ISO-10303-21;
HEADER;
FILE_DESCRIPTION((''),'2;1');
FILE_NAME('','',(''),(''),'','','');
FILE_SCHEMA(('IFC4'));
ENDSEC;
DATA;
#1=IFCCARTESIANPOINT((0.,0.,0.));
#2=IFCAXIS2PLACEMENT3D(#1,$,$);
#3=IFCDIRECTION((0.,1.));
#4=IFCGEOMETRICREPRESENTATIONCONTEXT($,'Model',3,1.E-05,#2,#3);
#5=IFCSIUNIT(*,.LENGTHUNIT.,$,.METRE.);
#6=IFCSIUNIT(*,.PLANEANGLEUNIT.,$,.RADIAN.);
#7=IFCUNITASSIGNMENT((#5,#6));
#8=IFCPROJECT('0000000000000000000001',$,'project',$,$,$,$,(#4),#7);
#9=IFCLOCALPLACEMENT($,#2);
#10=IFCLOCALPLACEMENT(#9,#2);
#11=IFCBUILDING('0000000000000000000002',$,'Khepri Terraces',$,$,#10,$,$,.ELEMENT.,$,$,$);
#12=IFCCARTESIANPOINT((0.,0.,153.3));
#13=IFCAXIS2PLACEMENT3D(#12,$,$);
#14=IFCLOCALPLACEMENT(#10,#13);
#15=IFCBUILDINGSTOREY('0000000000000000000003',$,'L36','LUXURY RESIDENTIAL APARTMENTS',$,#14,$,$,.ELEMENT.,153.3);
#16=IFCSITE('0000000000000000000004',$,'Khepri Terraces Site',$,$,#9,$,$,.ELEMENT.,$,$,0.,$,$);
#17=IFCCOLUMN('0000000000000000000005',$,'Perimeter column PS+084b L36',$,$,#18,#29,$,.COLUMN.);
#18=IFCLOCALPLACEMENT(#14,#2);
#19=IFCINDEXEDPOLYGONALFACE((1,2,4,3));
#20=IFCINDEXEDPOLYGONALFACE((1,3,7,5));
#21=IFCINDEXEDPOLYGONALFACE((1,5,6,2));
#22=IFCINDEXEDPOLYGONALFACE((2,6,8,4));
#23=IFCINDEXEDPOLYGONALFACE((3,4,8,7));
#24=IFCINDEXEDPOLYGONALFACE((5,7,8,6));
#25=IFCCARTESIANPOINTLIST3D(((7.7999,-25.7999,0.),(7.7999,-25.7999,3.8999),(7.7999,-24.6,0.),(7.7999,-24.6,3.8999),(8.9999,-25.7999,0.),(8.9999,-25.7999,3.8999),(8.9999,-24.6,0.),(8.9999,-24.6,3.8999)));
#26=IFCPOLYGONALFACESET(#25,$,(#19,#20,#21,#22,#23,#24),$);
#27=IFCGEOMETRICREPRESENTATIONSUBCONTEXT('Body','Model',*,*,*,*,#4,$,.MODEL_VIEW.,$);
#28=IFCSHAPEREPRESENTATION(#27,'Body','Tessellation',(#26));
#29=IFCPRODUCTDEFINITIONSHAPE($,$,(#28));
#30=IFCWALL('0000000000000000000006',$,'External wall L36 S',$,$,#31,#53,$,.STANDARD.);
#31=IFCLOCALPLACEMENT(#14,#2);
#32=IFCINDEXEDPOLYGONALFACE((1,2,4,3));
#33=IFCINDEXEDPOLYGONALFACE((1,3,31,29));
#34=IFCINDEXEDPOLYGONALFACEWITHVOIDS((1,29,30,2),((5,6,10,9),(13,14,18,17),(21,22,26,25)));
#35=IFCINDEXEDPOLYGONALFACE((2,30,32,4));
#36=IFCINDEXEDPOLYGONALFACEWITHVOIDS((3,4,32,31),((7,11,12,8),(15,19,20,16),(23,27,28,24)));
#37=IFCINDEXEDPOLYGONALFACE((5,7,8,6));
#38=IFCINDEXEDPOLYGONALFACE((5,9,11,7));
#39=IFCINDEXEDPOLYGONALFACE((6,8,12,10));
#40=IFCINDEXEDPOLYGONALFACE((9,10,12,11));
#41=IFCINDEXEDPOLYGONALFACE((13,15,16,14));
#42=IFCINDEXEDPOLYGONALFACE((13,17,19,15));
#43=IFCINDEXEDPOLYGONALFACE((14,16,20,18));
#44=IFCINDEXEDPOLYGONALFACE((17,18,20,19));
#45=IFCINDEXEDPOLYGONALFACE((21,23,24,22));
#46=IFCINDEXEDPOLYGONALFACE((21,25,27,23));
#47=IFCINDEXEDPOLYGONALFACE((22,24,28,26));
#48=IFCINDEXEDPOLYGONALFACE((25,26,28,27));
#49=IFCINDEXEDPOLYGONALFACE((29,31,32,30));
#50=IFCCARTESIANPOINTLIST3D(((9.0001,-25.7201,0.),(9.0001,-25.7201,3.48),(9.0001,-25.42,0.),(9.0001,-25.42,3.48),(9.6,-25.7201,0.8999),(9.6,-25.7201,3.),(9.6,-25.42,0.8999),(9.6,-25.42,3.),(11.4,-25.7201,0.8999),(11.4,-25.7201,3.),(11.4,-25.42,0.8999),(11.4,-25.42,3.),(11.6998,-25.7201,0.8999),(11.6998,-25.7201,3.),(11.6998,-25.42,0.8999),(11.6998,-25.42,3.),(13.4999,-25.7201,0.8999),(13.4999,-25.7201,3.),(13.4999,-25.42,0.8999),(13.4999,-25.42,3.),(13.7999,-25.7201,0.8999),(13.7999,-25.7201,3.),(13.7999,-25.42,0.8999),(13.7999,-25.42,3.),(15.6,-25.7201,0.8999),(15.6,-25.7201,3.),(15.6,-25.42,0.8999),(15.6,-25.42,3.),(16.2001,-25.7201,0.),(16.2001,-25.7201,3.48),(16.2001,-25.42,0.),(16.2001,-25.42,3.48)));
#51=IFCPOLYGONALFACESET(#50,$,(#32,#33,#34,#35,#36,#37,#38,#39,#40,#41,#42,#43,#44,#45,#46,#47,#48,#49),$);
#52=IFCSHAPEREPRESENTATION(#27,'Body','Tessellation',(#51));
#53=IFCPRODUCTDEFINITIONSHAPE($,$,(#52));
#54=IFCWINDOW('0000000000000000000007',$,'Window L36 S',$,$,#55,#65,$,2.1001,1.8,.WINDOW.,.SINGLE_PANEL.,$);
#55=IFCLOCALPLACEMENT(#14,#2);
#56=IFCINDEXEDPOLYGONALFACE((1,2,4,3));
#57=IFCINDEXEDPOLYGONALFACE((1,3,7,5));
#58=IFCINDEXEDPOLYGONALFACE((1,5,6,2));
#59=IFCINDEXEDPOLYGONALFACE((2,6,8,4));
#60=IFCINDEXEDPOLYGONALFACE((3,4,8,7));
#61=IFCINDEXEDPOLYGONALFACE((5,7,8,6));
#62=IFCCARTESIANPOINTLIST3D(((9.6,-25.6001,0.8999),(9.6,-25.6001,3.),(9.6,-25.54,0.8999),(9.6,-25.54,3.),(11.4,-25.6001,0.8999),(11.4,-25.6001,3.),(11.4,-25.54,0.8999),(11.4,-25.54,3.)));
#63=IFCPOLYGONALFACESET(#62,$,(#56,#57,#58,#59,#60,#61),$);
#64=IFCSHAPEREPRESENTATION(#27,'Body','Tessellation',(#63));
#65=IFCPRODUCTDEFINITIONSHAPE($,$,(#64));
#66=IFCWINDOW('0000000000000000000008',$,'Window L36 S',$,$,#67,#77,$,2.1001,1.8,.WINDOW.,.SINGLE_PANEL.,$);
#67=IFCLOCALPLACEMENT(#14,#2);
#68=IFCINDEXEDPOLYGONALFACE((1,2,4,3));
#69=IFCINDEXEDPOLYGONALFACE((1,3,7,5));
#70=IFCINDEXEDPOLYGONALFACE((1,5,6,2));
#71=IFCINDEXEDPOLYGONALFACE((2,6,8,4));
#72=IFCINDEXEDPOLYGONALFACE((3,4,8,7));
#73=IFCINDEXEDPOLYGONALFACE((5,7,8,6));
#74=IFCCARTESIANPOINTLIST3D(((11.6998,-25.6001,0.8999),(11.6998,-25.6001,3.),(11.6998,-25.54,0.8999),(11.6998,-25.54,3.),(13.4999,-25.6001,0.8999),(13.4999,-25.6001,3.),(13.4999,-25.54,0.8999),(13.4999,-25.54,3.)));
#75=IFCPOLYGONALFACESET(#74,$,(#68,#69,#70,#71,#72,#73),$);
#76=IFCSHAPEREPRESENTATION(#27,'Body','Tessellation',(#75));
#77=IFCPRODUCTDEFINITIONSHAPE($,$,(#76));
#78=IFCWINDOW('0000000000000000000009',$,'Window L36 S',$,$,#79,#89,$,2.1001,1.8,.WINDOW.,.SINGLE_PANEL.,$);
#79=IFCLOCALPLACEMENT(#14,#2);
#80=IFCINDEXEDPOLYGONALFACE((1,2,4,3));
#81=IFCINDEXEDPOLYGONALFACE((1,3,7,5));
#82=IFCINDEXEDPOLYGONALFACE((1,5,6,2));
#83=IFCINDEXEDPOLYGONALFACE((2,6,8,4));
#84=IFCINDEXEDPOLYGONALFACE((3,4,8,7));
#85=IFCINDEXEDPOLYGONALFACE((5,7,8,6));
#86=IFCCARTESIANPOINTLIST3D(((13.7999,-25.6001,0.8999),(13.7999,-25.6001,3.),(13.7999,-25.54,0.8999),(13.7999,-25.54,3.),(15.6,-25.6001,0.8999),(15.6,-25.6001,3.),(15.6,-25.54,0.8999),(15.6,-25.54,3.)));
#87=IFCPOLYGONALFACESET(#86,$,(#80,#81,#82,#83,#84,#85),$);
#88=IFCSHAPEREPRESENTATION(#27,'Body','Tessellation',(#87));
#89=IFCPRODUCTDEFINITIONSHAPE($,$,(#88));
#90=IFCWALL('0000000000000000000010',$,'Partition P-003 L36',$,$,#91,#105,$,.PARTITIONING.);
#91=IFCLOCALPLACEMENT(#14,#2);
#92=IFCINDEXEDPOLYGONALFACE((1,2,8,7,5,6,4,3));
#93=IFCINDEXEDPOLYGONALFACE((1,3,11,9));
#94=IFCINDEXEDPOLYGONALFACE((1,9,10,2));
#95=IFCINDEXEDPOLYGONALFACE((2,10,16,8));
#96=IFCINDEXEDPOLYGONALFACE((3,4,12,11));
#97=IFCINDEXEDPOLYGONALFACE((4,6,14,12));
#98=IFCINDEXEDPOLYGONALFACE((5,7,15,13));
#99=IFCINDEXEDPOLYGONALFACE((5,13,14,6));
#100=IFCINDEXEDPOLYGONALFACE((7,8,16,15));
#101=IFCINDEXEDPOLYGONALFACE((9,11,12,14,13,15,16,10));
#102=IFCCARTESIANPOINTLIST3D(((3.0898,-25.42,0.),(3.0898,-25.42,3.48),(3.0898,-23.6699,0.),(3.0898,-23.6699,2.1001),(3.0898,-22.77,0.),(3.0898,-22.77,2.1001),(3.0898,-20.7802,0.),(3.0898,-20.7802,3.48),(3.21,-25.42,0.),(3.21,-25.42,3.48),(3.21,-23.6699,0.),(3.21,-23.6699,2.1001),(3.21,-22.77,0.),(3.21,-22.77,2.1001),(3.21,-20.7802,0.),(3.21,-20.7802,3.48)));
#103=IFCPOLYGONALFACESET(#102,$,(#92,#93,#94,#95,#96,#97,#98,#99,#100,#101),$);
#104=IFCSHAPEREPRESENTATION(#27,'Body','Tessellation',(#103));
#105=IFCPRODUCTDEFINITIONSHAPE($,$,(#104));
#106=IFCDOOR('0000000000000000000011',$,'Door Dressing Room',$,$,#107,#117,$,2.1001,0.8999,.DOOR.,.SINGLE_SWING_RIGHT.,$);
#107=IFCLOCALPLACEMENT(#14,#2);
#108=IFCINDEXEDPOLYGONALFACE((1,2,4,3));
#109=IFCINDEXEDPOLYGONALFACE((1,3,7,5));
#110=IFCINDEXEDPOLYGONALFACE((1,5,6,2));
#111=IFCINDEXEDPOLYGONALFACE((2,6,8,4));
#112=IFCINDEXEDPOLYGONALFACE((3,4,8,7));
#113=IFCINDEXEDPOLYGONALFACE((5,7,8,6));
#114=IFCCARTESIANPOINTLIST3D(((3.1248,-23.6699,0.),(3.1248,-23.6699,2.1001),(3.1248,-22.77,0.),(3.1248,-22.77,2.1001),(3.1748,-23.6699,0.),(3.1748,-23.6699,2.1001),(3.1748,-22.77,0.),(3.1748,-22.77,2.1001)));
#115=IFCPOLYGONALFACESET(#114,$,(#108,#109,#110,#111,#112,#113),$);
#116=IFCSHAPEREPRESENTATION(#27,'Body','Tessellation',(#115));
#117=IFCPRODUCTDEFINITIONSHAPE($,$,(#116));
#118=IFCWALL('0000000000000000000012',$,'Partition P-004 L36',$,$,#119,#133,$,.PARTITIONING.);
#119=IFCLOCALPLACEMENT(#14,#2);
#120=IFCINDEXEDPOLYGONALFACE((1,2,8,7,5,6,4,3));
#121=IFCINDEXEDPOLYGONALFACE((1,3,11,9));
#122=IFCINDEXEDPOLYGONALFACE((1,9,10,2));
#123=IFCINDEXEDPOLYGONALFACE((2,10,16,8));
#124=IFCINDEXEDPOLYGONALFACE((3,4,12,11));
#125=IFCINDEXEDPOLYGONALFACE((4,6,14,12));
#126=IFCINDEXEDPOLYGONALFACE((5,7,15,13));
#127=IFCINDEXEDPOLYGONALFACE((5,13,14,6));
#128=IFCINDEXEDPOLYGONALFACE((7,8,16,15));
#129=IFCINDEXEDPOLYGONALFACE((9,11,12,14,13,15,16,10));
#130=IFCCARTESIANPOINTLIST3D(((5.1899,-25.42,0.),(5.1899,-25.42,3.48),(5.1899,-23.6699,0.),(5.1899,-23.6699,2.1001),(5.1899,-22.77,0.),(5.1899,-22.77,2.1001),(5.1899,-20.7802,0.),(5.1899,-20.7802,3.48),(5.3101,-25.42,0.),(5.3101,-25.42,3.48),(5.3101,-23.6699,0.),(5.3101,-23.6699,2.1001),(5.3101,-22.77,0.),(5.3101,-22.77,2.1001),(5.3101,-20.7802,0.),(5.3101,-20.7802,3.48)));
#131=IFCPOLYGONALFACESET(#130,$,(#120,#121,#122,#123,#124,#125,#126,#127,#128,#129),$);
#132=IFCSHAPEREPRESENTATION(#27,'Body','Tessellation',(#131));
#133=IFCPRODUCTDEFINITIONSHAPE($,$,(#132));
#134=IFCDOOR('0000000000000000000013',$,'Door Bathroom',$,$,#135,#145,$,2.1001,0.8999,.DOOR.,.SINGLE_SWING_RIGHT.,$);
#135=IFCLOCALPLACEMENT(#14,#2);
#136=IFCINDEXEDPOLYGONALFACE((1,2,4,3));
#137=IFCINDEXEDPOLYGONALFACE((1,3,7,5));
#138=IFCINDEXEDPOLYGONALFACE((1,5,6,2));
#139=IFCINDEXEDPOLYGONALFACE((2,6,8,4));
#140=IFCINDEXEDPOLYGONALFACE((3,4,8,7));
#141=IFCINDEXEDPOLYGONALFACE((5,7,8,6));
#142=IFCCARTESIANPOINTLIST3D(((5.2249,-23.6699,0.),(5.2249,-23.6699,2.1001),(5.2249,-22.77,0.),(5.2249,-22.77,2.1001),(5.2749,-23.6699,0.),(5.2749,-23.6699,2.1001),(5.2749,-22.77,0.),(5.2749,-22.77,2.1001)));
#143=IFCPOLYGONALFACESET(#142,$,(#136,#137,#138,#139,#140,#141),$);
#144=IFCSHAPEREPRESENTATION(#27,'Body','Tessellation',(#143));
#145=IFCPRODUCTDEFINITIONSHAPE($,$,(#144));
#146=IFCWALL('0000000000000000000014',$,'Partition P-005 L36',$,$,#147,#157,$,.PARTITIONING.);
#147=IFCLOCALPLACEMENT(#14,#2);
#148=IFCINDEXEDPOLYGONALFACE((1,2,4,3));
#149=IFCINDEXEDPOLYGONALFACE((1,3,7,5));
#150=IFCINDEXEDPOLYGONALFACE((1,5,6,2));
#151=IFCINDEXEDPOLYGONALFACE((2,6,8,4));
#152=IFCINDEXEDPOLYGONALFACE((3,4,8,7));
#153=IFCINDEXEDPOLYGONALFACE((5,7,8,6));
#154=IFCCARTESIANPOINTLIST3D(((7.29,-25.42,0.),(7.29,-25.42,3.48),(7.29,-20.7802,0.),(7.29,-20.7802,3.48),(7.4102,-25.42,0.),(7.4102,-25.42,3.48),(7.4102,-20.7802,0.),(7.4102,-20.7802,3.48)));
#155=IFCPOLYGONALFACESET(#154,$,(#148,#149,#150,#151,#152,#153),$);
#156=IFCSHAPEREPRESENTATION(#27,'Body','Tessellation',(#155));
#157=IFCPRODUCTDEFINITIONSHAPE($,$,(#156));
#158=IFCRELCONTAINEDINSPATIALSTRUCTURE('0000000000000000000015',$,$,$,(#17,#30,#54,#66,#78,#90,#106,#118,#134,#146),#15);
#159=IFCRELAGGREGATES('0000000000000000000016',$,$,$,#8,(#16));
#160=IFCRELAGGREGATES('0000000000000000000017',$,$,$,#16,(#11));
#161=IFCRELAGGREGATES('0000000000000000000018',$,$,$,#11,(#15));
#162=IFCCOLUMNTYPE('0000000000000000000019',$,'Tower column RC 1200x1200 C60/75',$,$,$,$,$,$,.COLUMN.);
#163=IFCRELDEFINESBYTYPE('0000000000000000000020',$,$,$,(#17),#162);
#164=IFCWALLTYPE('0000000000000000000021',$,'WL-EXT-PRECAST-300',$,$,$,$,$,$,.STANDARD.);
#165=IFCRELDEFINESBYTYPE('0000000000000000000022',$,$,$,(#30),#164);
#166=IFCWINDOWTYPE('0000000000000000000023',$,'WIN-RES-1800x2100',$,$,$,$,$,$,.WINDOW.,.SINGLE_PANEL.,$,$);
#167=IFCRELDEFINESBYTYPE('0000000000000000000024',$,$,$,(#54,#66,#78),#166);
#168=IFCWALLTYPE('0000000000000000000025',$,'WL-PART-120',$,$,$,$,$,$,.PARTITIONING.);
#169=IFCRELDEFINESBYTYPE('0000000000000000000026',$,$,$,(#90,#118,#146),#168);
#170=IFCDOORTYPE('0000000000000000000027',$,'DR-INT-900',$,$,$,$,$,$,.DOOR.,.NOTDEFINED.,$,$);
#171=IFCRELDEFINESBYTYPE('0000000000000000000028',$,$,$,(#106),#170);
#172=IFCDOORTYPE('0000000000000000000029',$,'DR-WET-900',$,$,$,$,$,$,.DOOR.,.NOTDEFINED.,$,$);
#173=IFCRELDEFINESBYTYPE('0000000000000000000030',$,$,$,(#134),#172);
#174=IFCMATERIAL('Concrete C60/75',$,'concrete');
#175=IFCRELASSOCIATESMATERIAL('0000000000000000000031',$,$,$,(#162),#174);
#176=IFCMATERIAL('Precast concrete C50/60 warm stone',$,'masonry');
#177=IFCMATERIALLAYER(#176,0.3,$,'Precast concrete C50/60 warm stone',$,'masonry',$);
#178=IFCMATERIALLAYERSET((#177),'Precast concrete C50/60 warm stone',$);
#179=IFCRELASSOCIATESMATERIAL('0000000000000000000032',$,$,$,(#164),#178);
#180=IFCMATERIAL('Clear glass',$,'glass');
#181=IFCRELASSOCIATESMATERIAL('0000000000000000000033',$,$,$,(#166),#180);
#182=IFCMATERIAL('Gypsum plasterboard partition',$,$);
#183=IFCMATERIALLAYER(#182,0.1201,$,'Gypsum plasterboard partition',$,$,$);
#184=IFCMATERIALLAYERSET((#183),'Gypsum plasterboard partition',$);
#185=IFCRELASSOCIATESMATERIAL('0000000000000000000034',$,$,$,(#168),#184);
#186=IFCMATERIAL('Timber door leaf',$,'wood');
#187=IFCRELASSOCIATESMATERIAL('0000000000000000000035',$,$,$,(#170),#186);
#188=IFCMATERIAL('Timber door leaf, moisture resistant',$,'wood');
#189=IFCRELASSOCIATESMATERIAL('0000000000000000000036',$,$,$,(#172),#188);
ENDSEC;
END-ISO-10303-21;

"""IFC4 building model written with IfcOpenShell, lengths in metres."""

from ifc_helpers import new_model, si_unit, direction, frame, frame_2d, origin, origin_2d, place, context, subcontext, project, spatial, rectangle, extrude, material, layer, layer_set, material_profile, profile_set, type_object, element, fill, save


model = new_model("IFC4")

# Units and contexts
model_context = context("Model", 3, precision=1e-05, world=origin(), true_north=direction((0.0, 1.0)))
body_context = subcontext(model_context, "Body", "Model", "MODEL_VIEW")
ifc_project = project(units=[si_unit("LENGTHUNIT", "METRE"), si_unit("PLANEANGLEUNIT", "RADIAN")], contexts=[model_context])

# Site, building, storey
site_placement = place(None, origin())
site = spatial("IfcSite", under=ifc_project, at=site_placement, Name="Khepri Terraces Site", CompositionType="ELEMENT", RefElevation=0.0)
building_placement = place(site_placement, origin())
building = spatial("IfcBuilding", under=site, at=building_placement, Name="Khepri Terraces", CompositionType="ELEMENT")
storey_placement = place(building_placement, frame((0.0, 0.0, 153.3)))
storey = spatial("IfcBuildingStorey", under=building, at=storey_placement, Name="L36", Description="LUXURY RESIDENTIAL APARTMENTS", CompositionType="ELEMENT", Elevation=153.3)

# Column
ifc_material_1 = material(Name="Concrete C60/75", Category="concrete")
ifc_material_profile = material_profile(ifc_material_1, rectangle(XDim=1.2, YDim=1.2, at=origin_2d()), Name="Concrete C60/75", Category="concrete")
ifc_profile_set = profile_set([ifc_material_profile], Name="Concrete C60/75")
column_type = type_object("IfcColumnType", Name="Tower column RC 1200x1200 C60/75", PredefinedType="COLUMN", material=ifc_profile_set)
column_placement = place(storey_placement, frame((8.3999, -25.2, 0.0), z_axis=(0.0, 0.0, 1.0), x_axis=(1.0, 0.0, 0.0)))
element("IfcColumn", 1, at=column_placement, inside=storey, type_object=column_type, Name="Perimeter column PS+084b L36", PredefinedType="COLUMN", context=body_context, shape_type="SweptSolid", body=[
    extrude(rectangle(XDim=1.2, YDim=1.2, at=origin_2d()), origin(), (0.0, 0.0, 1.0), 3.8999),
])

# Shared definitions
ifc_material_2 = material(Name="Precast concrete C50/60 warm stone", Category="masonry")
ifc_layer_1 = layer(ifc_material_2, 0.3, Name="Precast concrete C50/60 warm stone", Category="masonry")
ifc_layer_set_1 = layer_set([ifc_layer_1], Name="Precast concrete C50/60 warm stone")
wall_type_1 = type_object("IfcWallType", Name="WL-EXT-PRECAST-300", PredefinedType="STANDARD", material=ifc_layer_set_1)
ifc_material_3 = material(Name="Clear glass", Category="glass")
window_type = type_object("IfcWindowType", Name="WIN-RES-1800x2100", PartitioningType="SINGLE_PANEL", PredefinedType="WINDOW", material=ifc_material_3)

# Wall, openings, windows
wall_1_placement = place(storey_placement, frame((9.0, -25.5701, 0.0), z_axis=(0.0, 0.0, 1.0), x_axis=(1.0, 0.0, 0.0)))
wall_1 = element("IfcWall", 2, at=wall_1_placement, inside=storey, type_object=wall_type_1, Name="External wall L36 S", PredefinedType="STANDARD", context=body_context, shape_type="SweptSolid", body=[
    extrude(rectangle(XDim=7.2, YDim=0.3, at=frame_2d((3.6001, 0.0))), origin(), (0.0, 0.0, 1.0), 3.48),
])
opening_1_placement = place(wall_1_placement, frame((0.6001, 0.0, 0.8999)))
opening_1 = element("IfcOpeningElement", 3, at=opening_1_placement, cuts=wall_1, PredefinedType="OPENING", context=body_context, shape_type="SweptSolid", body=[
    extrude(rectangle(XDim=1.8, YDim=2.1001, at=frame_2d((0.8999, 1.05))), frame((0.0, 0.1602, 0.0), z_axis=(0.0, -1.0, 0.0), x_axis=(1.0, 0.0, 0.0)), (0.0, 0.0, 1.0), 0.3201),
])
opening_2_placement = place(wall_1_placement, frame((2.7, 0.0, 0.8999)))
opening_2 = element("IfcOpeningElement", 4, at=opening_2_placement, cuts=wall_1, PredefinedType="OPENING", context=body_context, shape_type="SweptSolid", body=[
    extrude(rectangle(XDim=1.8, YDim=2.1001, at=frame_2d((0.8999, 1.05))), frame((0.0, 0.1602, 0.0), z_axis=(0.0, -1.0, 0.0), x_axis=(1.0, 0.0, 0.0)), (0.0, 0.0, 1.0), 0.3201),
])
opening_3_placement = place(wall_1_placement, frame((4.8, 0.0, 0.8999)))
opening_3 = element("IfcOpeningElement", 5, at=opening_3_placement, cuts=wall_1, PredefinedType="OPENING", context=body_context, shape_type="SweptSolid", body=[
    extrude(rectangle(XDim=1.8, YDim=2.1001, at=frame_2d((0.8999, 1.05))), frame((0.0, 0.1602, 0.0), z_axis=(0.0, -1.0, 0.0), x_axis=(1.0, 0.0, 0.0)), (0.0, 0.0, 1.0), 0.3201),
])
window_1_placement = place(opening_1_placement, origin())
window_1 = element("IfcWindow", 6, at=window_1_placement, inside=storey, type_object=window_type, Name="Window L36 S", OverallHeight=2.1001, OverallWidth=1.8, PartitioningType="SINGLE_PANEL", PredefinedType="WINDOW", context=body_context, shape_type="SweptSolid", body=[
    extrude(rectangle(XDim=1.8, YDim=2.1001, at=frame_2d((0.8999, 1.05))), frame((0.0, 0.03, 0.0), z_axis=(0.0, -1.0, 0.0), x_axis=(1.0, 0.0, 0.0)), (0.0, 0.0, 1.0), 0.0601),
])
fill(opening_1, window_1)
window_2_placement = place(opening_2_placement, origin())
window_2 = element("IfcWindow", 7, at=window_2_placement, inside=storey, type_object=window_type, Name="Window L36 S", OverallHeight=2.1001, OverallWidth=1.8, PartitioningType="SINGLE_PANEL", PredefinedType="WINDOW", context=body_context, shape_type="SweptSolid", body=[
    extrude(rectangle(XDim=1.8, YDim=2.1001, at=frame_2d((0.8999, 1.05))), frame((0.0, 0.03, 0.0), z_axis=(0.0, -1.0, 0.0), x_axis=(1.0, 0.0, 0.0)), (0.0, 0.0, 1.0), 0.0601),
])
fill(opening_2, window_2)
window_3_placement = place(opening_3_placement, origin())
window_3 = element("IfcWindow", 8, at=window_3_placement, inside=storey, type_object=window_type, Name="Window L36 S", OverallHeight=2.1001, OverallWidth=1.8, PartitioningType="SINGLE_PANEL", PredefinedType="WINDOW", context=body_context, shape_type="SweptSolid", body=[
    extrude(rectangle(XDim=1.8, YDim=2.1001, at=frame_2d((0.8999, 1.05))), frame((0.0, 0.03, 0.0), z_axis=(0.0, -1.0, 0.0), x_axis=(1.0, 0.0, 0.0)), (0.0, 0.0, 1.0), 0.0601),
])
fill(opening_3, window_3)

# Walls, openings, doors
ifc_material_4 = material(Name="Gypsum plasterboard partition")
ifc_layer_2 = layer(ifc_material_4, 0.1201, Name="Gypsum plasterboard partition")
ifc_layer_set_2 = layer_set([ifc_layer_2], Name="Gypsum plasterboard partition")
wall_type_2 = type_object("IfcWallType", Name="WL-PART-120", PredefinedType="PARTITIONING", material=ifc_layer_set_2)
wall_2_placement = place(storey_placement, frame((3.1499, -25.4199, 0.0), z_axis=(0.0, 0.0, 1.0), x_axis=(0.0, 1.0, 0.0)))
wall_2 = element("IfcWall", 9, at=wall_2_placement, inside=storey, type_object=wall_type_2, Name="Partition P-003 L36", PredefinedType="PARTITIONING", context=body_context, shape_type="SweptSolid", body=[
    extrude(rectangle(XDim=4.6399, YDim=0.1201, at=frame_2d((2.3198, 0.0))), origin(), (0.0, 0.0, 1.0), 3.48),
])
opening_4_placement = place(wall_2_placement, frame((1.75, 0.0, 0.0)))
opening_4 = element("IfcOpeningElement", 10, at=opening_4_placement, cuts=wall_2, PredefinedType="OPENING", context=body_context, shape_type="SweptSolid", body=[
    extrude(rectangle(XDim=0.8999, YDim=2.1001, at=frame_2d((0.45, 1.05))), frame((0.0, 0.0701, 0.0), z_axis=(0.0, -1.0, 0.0), x_axis=(1.0, 0.0, 0.0)), (0.0, 0.0, 1.0), 0.1401),
])
ifc_material_5 = material(Name="Timber door leaf", Category="wood")
door_type_1 = type_object("IfcDoorType", Name="DR-INT-900", OperationType="NOTDEFINED", PredefinedType="DOOR", material=ifc_material_5)
door_1_placement = place(opening_4_placement, frame((0.8999, 0.0, 0.0), z_axis=(0.0, 0.0, 1.0), x_axis=(-1.0, 0.0, 0.0)))
door_1 = element("IfcDoor", 11, at=door_1_placement, inside=storey, type_object=door_type_1, Name="Door Dressing Room", OperationType="SINGLE_SWING_RIGHT", OverallHeight=2.1001, OverallWidth=0.8999, PredefinedType="DOOR", context=body_context, shape_type="SweptSolid", body=[
    extrude(rectangle(XDim=0.8999, YDim=2.1001, at=frame_2d((0.45, 1.05))), frame((0.0, 0.0249, 0.0), z_axis=(0.0, -1.0, 0.0), x_axis=(1.0, 0.0, 0.0)), (0.0, 0.0, 1.0), 0.05),
])
fill(opening_4, door_1)
wall_3_placement = place(storey_placement, frame((5.25, -25.4199, 0.0), z_axis=(0.0, 0.0, 1.0), x_axis=(0.0, 1.0, 0.0)))
wall_3 = element("IfcWall", 12, at=wall_3_placement, inside=storey, type_object=wall_type_2, Name="Partition P-004 L36", PredefinedType="PARTITIONING", context=body_context, shape_type="SweptSolid", body=[
    extrude(rectangle(XDim=4.6399, YDim=0.1201, at=frame_2d((2.3198, 0.0))), origin(), (0.0, 0.0, 1.0), 3.48),
])
opening_5_placement = place(wall_3_placement, frame((1.75, 0.0, 0.0)))
opening_5 = element("IfcOpeningElement", 13, at=opening_5_placement, cuts=wall_3, PredefinedType="OPENING", context=body_context, shape_type="SweptSolid", body=[
    extrude(rectangle(XDim=0.8999, YDim=2.1001, at=frame_2d((0.45, 1.05))), frame((0.0, 0.0701, 0.0), z_axis=(0.0, -1.0, 0.0), x_axis=(1.0, 0.0, 0.0)), (0.0, 0.0, 1.0), 0.1401),
])
ifc_material_6 = material(Name="Timber door leaf, moisture resistant", Category="wood")
door_type_2 = type_object("IfcDoorType", Name="DR-WET-900", OperationType="NOTDEFINED", PredefinedType="DOOR", material=ifc_material_6)
door_2_placement = place(opening_5_placement, frame((0.8999, 0.0, 0.0), z_axis=(0.0, 0.0, 1.0), x_axis=(-1.0, 0.0, 0.0)))
door_2 = element("IfcDoor", 14, at=door_2_placement, inside=storey, type_object=door_type_2, Name="Door Bathroom", OperationType="SINGLE_SWING_RIGHT", OverallHeight=2.1001, OverallWidth=0.8999, PredefinedType="DOOR", context=body_context, shape_type="SweptSolid", body=[
    extrude(rectangle(XDim=0.8999, YDim=2.1001, at=frame_2d((0.45, 1.05))), frame((0.0, 0.0249, 0.0), z_axis=(0.0, -1.0, 0.0), x_axis=(1.0, 0.0, 0.0)), (0.0, 0.0, 1.0), 0.05),
])
fill(opening_5, door_2)

# Wall
wall_4_placement = place(storey_placement, frame((7.3501, -25.4199, 0.0), z_axis=(0.0, 0.0, 1.0), x_axis=(0.0, 1.0, 0.0)))
element("IfcWall", 15, at=wall_4_placement, inside=storey, type_object=wall_type_2, Name="Partition P-005 L36", PredefinedType="PARTITIONING", context=body_context, shape_type="SweptSolid", body=[
    extrude(rectangle(XDim=4.6399, YDim=0.1201, at=frame_2d((2.3198, 0.0))), origin(), (0.0, 0.0, 1.0), 3.48),
])

save(model, "model.ifc")
